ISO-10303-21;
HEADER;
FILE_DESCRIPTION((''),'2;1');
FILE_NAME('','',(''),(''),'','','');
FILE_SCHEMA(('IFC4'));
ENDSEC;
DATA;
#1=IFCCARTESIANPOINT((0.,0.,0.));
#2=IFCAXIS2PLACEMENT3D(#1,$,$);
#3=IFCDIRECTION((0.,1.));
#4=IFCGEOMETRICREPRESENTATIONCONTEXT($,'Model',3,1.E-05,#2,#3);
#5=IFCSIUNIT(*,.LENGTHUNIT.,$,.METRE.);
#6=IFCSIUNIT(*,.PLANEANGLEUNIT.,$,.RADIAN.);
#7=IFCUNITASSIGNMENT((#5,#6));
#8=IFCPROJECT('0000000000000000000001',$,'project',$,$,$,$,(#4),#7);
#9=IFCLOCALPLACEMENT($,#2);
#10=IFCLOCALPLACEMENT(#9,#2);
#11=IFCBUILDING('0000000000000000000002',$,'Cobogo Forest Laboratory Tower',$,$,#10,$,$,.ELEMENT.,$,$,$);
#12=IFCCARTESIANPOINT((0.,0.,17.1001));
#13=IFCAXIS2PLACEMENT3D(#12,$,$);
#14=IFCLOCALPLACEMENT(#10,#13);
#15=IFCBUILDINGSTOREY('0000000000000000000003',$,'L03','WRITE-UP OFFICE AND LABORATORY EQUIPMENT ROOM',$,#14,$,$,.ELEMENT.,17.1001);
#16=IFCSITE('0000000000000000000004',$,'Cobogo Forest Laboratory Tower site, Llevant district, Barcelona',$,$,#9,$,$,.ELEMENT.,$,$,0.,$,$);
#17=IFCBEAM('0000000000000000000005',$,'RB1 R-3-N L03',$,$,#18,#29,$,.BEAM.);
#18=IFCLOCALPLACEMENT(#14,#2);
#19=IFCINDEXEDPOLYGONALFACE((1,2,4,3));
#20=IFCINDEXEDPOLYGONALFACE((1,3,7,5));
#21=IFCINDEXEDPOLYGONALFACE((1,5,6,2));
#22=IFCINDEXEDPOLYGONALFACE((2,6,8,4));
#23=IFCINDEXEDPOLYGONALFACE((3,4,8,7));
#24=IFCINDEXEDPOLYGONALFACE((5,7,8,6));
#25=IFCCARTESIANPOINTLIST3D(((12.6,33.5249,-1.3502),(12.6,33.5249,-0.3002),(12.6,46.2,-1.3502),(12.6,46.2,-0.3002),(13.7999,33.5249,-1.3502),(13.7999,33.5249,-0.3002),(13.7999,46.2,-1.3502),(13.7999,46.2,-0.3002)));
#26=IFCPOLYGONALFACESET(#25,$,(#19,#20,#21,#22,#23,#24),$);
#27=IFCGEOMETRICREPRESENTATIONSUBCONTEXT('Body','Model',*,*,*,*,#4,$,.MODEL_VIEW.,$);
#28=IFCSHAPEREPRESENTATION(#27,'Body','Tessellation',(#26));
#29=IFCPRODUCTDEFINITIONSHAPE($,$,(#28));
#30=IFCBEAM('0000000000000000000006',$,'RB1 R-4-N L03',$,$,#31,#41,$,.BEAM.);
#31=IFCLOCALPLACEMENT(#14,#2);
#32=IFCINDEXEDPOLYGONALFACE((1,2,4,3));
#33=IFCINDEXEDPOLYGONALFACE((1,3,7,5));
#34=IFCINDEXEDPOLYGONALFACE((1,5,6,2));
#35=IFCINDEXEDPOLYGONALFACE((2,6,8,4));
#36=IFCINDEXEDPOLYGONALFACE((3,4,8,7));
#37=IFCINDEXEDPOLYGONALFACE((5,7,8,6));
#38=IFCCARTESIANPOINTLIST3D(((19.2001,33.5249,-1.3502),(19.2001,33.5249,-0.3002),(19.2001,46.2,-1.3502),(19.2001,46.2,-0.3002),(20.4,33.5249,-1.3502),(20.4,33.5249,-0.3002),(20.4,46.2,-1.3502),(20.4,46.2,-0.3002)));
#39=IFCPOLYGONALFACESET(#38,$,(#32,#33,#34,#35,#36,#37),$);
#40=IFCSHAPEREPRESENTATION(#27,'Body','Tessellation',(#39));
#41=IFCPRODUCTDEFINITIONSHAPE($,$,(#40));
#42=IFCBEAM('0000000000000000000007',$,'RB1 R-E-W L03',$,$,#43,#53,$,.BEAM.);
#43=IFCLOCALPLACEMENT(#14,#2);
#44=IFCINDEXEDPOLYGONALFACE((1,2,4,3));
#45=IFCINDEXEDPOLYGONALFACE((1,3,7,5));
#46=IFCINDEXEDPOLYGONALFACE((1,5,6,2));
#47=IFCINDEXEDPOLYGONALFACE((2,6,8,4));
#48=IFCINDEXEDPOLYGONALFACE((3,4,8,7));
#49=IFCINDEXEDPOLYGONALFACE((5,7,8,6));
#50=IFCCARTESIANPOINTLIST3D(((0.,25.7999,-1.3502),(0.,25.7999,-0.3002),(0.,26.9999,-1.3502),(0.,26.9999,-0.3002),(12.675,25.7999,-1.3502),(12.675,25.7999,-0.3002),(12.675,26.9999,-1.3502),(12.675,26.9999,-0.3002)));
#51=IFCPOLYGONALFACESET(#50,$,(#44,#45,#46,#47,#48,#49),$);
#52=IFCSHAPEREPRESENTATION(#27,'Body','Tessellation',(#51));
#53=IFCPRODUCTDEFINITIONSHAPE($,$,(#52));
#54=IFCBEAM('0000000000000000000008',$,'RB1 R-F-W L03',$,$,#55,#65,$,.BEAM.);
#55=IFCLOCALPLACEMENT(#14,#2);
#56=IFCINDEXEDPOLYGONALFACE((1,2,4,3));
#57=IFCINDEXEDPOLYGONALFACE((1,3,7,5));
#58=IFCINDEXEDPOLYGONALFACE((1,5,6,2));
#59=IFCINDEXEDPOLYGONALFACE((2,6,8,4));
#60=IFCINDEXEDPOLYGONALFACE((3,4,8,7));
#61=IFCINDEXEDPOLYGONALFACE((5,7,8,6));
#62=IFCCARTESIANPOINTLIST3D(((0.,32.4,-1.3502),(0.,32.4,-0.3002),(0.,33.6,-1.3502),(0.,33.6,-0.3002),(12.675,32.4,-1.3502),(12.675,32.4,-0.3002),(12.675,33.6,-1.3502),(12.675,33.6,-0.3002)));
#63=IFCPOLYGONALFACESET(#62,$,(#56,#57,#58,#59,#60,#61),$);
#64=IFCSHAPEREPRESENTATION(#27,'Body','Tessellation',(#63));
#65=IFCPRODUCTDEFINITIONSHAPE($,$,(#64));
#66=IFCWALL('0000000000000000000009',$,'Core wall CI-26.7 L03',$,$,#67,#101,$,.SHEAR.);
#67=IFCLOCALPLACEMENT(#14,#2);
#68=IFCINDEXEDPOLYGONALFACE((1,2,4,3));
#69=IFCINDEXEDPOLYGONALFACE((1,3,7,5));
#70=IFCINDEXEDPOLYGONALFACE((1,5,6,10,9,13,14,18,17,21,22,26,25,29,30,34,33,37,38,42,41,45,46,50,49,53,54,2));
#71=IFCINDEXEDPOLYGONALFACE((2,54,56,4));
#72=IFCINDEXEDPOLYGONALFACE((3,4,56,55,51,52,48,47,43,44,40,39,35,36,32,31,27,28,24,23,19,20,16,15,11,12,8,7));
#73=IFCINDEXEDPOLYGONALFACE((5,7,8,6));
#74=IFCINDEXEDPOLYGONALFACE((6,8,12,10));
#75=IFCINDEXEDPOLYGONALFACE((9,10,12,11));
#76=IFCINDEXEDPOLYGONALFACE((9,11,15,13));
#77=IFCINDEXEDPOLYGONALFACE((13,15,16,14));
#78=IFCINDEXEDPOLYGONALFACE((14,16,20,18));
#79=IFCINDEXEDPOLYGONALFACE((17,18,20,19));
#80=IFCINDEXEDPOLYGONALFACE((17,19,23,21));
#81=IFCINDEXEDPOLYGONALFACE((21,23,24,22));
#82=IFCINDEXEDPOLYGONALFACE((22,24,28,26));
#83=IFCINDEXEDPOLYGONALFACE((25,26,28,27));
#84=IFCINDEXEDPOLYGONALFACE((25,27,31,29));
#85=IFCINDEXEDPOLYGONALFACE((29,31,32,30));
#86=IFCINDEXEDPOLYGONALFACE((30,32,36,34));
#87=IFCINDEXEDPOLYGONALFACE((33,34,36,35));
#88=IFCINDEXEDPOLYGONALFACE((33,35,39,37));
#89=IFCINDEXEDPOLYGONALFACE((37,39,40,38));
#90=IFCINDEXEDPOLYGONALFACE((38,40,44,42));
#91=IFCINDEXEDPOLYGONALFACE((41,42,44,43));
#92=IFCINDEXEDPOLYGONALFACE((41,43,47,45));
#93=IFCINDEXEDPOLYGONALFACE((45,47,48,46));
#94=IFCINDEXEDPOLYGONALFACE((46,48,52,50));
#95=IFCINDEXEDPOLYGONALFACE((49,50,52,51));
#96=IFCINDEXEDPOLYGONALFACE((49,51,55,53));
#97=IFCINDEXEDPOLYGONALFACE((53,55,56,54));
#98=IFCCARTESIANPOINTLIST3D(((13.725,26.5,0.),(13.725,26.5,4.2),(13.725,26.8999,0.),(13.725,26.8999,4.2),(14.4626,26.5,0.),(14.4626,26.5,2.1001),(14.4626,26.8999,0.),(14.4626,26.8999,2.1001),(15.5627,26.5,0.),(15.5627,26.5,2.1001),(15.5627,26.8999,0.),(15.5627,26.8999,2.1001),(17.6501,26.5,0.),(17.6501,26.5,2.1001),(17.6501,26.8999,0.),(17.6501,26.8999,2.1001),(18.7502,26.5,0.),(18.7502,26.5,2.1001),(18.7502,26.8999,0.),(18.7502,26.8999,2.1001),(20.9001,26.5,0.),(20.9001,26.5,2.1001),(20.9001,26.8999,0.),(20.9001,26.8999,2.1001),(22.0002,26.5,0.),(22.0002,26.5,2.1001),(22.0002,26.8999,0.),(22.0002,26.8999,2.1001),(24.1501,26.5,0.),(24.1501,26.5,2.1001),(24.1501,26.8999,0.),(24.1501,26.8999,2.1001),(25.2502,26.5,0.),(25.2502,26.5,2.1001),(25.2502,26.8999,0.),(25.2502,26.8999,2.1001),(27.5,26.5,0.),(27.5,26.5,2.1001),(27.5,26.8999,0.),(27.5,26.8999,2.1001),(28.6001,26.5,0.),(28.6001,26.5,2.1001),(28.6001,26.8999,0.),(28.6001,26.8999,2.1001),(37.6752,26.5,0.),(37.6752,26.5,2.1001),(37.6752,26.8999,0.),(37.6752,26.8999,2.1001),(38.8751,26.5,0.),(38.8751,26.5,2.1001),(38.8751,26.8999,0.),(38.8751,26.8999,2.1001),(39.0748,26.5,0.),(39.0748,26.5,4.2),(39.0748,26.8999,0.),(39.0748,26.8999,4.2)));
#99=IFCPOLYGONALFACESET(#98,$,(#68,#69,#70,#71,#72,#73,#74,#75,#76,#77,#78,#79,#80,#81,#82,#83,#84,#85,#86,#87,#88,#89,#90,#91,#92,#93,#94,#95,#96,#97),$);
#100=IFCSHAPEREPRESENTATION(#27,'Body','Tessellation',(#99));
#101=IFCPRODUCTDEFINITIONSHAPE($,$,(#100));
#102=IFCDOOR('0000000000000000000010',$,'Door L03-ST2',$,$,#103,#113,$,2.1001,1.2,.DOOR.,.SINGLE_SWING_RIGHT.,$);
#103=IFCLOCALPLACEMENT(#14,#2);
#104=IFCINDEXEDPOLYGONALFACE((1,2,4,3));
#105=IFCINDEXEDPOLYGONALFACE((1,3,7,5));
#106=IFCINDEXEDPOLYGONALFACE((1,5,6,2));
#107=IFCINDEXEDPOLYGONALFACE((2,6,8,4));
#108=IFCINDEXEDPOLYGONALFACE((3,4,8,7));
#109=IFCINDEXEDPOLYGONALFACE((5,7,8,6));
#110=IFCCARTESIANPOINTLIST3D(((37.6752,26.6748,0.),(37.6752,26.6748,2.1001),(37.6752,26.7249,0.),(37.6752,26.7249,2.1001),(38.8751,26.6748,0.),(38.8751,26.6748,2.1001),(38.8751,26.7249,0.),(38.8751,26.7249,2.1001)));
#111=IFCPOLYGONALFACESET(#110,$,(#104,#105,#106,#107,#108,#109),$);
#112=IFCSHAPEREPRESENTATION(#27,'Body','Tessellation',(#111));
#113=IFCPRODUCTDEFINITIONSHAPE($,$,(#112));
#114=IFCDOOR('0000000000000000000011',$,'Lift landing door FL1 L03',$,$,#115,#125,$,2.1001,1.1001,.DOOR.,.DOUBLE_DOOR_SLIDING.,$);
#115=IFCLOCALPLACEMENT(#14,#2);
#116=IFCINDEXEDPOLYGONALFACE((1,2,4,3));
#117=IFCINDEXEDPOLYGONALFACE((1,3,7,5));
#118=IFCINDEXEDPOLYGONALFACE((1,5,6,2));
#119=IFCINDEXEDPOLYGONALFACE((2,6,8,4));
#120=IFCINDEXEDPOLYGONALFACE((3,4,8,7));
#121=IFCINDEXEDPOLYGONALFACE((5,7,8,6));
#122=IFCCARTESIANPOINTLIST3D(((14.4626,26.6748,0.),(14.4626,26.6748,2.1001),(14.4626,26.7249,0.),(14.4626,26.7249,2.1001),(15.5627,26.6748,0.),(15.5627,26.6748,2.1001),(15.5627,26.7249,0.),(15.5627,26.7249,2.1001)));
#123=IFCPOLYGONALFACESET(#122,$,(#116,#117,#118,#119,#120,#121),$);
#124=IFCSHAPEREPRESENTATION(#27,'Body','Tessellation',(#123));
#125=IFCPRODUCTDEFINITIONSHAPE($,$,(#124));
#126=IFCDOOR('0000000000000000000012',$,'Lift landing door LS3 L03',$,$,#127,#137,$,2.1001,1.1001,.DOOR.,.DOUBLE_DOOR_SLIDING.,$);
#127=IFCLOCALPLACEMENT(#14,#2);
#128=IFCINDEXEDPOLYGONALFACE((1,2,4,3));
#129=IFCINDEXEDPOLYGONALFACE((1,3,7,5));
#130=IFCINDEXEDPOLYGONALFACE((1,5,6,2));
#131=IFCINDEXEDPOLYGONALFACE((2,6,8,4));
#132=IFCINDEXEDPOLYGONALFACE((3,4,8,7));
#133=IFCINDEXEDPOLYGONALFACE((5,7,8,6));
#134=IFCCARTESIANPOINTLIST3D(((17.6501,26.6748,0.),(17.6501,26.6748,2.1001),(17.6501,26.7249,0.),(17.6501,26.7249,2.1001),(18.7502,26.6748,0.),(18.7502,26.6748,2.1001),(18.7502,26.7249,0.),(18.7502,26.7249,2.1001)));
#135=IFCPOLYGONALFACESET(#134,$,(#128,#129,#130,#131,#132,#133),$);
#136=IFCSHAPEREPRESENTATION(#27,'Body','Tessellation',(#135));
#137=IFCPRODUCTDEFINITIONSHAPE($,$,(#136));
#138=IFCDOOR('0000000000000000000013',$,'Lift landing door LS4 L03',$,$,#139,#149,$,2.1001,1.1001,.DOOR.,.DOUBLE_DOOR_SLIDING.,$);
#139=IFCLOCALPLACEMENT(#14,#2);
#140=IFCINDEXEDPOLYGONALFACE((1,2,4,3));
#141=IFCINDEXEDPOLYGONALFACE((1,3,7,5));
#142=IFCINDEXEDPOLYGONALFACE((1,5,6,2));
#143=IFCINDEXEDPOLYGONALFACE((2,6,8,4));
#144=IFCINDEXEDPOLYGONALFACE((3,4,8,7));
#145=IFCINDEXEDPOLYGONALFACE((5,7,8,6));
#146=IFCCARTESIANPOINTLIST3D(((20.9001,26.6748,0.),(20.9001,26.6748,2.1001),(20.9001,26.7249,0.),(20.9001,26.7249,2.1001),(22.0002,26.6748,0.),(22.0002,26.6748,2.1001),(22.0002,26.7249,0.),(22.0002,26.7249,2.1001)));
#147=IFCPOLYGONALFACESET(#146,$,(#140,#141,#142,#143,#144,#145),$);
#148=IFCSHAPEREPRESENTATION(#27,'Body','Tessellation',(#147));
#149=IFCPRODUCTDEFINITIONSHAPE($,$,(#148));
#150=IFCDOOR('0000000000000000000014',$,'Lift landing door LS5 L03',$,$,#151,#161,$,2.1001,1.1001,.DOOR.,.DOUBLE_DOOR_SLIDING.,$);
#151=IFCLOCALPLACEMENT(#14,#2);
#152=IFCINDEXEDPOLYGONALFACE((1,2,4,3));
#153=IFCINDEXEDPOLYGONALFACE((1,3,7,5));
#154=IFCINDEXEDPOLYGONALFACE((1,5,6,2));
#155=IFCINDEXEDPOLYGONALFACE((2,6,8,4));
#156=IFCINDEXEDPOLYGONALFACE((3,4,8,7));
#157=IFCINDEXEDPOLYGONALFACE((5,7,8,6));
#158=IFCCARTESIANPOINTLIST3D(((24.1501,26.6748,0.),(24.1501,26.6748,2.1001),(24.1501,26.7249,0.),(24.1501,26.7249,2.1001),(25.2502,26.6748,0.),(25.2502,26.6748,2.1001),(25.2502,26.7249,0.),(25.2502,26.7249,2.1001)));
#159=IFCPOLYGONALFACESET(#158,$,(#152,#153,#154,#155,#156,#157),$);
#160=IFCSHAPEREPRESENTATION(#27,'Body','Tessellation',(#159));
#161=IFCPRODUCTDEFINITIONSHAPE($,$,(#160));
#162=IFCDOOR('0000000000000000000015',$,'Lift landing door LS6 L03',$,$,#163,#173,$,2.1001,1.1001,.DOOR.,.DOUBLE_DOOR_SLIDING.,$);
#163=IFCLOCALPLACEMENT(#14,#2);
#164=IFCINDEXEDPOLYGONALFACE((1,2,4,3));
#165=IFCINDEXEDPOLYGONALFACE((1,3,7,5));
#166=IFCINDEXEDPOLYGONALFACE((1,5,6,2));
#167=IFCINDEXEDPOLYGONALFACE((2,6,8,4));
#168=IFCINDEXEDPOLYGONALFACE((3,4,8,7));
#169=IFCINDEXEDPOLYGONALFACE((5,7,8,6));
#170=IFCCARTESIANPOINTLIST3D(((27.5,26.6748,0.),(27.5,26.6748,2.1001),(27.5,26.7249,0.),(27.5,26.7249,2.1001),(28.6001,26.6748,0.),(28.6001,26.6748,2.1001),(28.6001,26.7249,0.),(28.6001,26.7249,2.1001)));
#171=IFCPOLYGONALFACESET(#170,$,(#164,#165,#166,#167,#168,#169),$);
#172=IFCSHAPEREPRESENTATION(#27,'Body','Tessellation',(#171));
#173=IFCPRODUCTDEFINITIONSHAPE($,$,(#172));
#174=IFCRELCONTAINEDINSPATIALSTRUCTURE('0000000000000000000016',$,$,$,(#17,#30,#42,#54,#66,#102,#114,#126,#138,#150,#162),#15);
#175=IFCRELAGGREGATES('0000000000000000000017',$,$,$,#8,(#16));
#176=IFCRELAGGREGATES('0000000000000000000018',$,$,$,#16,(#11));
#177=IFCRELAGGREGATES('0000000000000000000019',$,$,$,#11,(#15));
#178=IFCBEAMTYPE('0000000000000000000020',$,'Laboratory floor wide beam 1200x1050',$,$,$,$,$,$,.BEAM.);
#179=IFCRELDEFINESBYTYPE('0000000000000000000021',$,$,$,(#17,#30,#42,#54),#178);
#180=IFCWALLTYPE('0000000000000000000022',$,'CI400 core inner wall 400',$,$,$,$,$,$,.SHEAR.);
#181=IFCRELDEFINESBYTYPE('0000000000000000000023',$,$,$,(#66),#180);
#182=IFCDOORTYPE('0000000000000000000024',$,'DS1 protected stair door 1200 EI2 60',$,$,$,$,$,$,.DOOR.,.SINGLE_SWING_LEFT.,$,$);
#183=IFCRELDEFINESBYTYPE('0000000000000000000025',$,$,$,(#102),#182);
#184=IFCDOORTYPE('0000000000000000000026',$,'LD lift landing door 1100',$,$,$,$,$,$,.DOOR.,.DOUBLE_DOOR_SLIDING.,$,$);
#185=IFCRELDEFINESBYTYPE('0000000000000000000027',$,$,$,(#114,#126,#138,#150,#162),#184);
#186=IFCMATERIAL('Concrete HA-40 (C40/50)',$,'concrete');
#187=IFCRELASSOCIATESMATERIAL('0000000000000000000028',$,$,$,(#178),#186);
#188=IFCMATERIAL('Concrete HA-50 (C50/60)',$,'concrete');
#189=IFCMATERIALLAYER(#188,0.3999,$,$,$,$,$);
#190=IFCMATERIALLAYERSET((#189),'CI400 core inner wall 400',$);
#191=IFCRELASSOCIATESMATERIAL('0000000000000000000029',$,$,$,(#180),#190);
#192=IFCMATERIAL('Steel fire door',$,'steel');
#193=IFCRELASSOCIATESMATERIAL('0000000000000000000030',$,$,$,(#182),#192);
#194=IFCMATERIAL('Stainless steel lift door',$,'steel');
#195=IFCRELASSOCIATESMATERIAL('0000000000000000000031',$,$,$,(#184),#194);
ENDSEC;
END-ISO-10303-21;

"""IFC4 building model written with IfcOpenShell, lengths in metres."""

from ifc_helpers import new_model, si_unit, direction, frame, frame_2d, origin, origin_2d, place, context, subcontext, project, spatial, rectangle, extrude, material, layer, layer_set, material_profile, profile_set, type_object, element, fill, save


model = new_model("IFC4")

# Units and contexts
model_context = context("Model", 3, precision=1e-05, world=origin(), true_north=direction((0.0, 1.0)))
body_context = subcontext(model_context, "Body", "Model", "MODEL_VIEW")
ifc_project = project(units=[si_unit("LENGTHUNIT", "METRE"), si_unit("PLANEANGLEUNIT", "RADIAN")], contexts=[model_context])

# Site, building, storey
site_placement = place(None, origin())
site = spatial("IfcSite", under=ifc_project, at=site_placement, Name="Cobogo Forest Laboratory Tower site, Llevant district, Barcelona", CompositionType="ELEMENT", RefElevation=0.0)
building_placement = place(site_placement, origin())
building = spatial("IfcBuilding", under=site, at=building_placement, Name="Cobogo Forest Laboratory Tower", CompositionType="ELEMENT")
storey_placement = place(building_placement, frame((0.0, 0.0, 17.1001)))
storey = spatial("IfcBuildingStorey", under=building, at=storey_placement, Name="L03", Description="WRITE-UP OFFICE AND LABORATORY EQUIPMENT ROOM", CompositionType="ELEMENT", Elevation=17.1001)

# Beams
ifc_material_1 = material(Name="Concrete HA-40 (C40/50)", Category="concrete")
ifc_material_profile = material_profile(ifc_material_1, rectangle(XDim=1.2, YDim=1.05, at=origin_2d()), Name="RC 1200x1050")
ifc_profile_set = profile_set([ifc_material_profile], Name="Concrete HA-40 (C40/50)")
beam_type = type_object("IfcBeamType", Name="Laboratory floor wide beam 1200x1050", PredefinedType="BEAM", material=ifc_profile_set)
for number, where, z_axis, x_axis, name in (
    (1, (13.2, 33.5249, -0.8252), (0.0, 1.0, 0.0), (-1.0, 0.0, 0.0), "RB1 R-3-N L03"),
    (2, (19.8, 33.5249, -0.8252), (0.0, 1.0, 0.0), (-1.0, 0.0, 0.0), "RB1 R-4-N L03"),
    (3, (12.675, 26.3999, -0.8252), (-1.0, 0.0, 0.0), (0.0, -1.0, 0.0), "RB1 R-E-W L03"),
    (4, (12.675, 33.0, -0.8252), (-1.0, 0.0, 0.0), (0.0, -1.0, 0.0), "RB1 R-F-W L03"),
):
    element("IfcBeam", number, at=place(storey_placement, frame(where, z_axis=z_axis, x_axis=x_axis)), inside=storey, type_object=beam_type, Name=name, PredefinedType="BEAM", context=body_context, shape_type="SweptSolid", body=[
        extrude(rectangle(XDim=1.2, YDim=1.05, at=origin_2d()), origin(), (0.0, 0.0, 1.0), 12.675),
    ])

# Wall, openings, doors
ifc_material_2 = material(Name="Concrete HA-50 (C50/60)", Category="concrete")
ifc_layer_1 = layer(ifc_material_2, 0.3999)
ifc_layer_set_1 = layer_set([ifc_layer_1], Name="CI400 core inner wall 400")
wall_type_1 = type_object("IfcWallType", Name="CI400 core inner wall 400", PredefinedType="SHEAR", material=ifc_layer_set_1)
wall_1_placement = place(storey_placement, frame((13.7251, 26.7, 0.0), z_axis=(0.0, 0.0, 1.0), x_axis=(1.0, 0.0, 0.0)))
wall_1 = element("IfcWall", 5, at=wall_1_placement, inside=storey, type_object=wall_type_1, Name="Core wall CI-26.7 L03", PredefinedType="SHEAR", context=body_context, shape_type="SweptSolid", body=[
    extrude(rectangle(XDim=25.3499, YDim=0.3999, at=frame_2d((12.6748, 0.0))), origin(), (0.0, 0.0, 1.0), 4.2),
])
opening_1_placement = place(wall_1_placement, frame((23.95, 0.0, 0.0)))
opening_1 = element("IfcOpeningElement", 6, at=opening_1_placement, cuts=wall_1, PredefinedType="OPENING", context=body_context, shape_type="SweptSolid", body=[
    extrude(rectangle(XDim=1.2, YDim=2.1001, at=frame_2d((0.6001, 1.05))), frame((0.0, 0.21, 0.0), z_axis=(0.0, -1.0, 0.0), x_axis=(1.0, 0.0, 0.0)), (0.0, 0.0, 1.0), 0.4199),
])
opening_2_placement = place(wall_1_placement, frame((0.7375, 0.0, 0.0)))
opening_2 = element("IfcOpeningElement", 7, at=opening_2_placement, cuts=wall_1, PredefinedType="OPENING", context=body_context, shape_type="SweptSolid", body=[
    extrude(rectangle(XDim=1.1001, YDim=2.1001, at=frame_2d((0.55, 1.05))), frame((0.0, 0.21, 0.0), z_axis=(0.0, -1.0, 0.0), x_axis=(1.0, 0.0, 0.0)), (0.0, 0.0, 1.0), 0.4199),
])
opening_3_placement = place(wall_1_placement, frame((3.925, 0.0, 0.0)))
opening_3 = element("IfcOpeningElement", 8, at=opening_3_placement, cuts=wall_1, PredefinedType="OPENING", context=body_context, shape_type="SweptSolid", body=[
    extrude(rectangle(XDim=1.1001, YDim=2.1001, at=frame_2d((0.55, 1.05))), frame((0.0, 0.21, 0.0), z_axis=(0.0, -1.0, 0.0), x_axis=(1.0, 0.0, 0.0)), (0.0, 0.0, 1.0), 0.4199),
])
opening_4_placement = place(wall_1_placement, frame((7.175, 0.0, 0.0)))
opening_4 = element("IfcOpeningElement", 9, at=opening_4_placement, cuts=wall_1, PredefinedType="OPENING", context=body_context, shape_type="SweptSolid", body=[
    extrude(rectangle(XDim=1.1001, YDim=2.1001, at=frame_2d((0.55, 1.05))), frame((0.0, 0.21, 0.0), z_axis=(0.0, -1.0, 0.0), x_axis=(1.0, 0.0, 0.0)), (0.0, 0.0, 1.0), 0.4199),
])
opening_5_placement = place(wall_1_placement, frame((10.425, 0.0, 0.0)))
opening_5 = element("IfcOpeningElement", 10, at=opening_5_placement, cuts=wall_1, PredefinedType="OPENING", context=body_context, shape_type="SweptSolid", body=[
    extrude(rectangle(XDim=1.1001, YDim=2.1001, at=frame_2d((0.55, 1.05))), frame((0.0, 0.21, 0.0), z_axis=(0.0, -1.0, 0.0), x_axis=(1.0, 0.0, 0.0)), (0.0, 0.0, 1.0), 0.4199),
])
opening_6_placement = place(wall_1_placement, frame((13.7749, 0.0, 0.0)))
opening_6 = element("IfcOpeningElement", 11, at=opening_6_placement, cuts=wall_1, PredefinedType="OPENING", context=body_context, shape_type="SweptSolid", body=[
    extrude(rectangle(XDim=1.1001, YDim=2.1001, at=frame_2d((0.55, 1.05))), frame((0.0, 0.21, 0.0), z_axis=(0.0, -1.0, 0.0), x_axis=(1.0, 0.0, 0.0)), (0.0, 0.0, 1.0), 0.4199),
])
ifc_material_3 = material(Name="Steel fire door", Category="steel")
door_type_1 = type_object("IfcDoorType", Name="DS1 protected stair door 1200 EI2 60", OperationType="SINGLE_SWING_LEFT", PredefinedType="DOOR", material=ifc_material_3)
door_1_placement = place(opening_1_placement, origin())
door_1 = element("IfcDoor", 12, at=door_1_placement, inside=storey, type_object=door_type_1, Name="Door L03-ST2", OperationType="SINGLE_SWING_RIGHT", OverallHeight=2.1001, OverallWidth=1.2, PredefinedType="DOOR", context=body_context, shape_type="SweptSolid", body=[
    extrude(rectangle(XDim=1.2, YDim=2.1001, at=frame_2d((0.6001, 1.05))), frame((0.0, 0.0249, 0.0), z_axis=(0.0, -1.0, 0.0), x_axis=(1.0, 0.0, 0.0)), (0.0, 0.0, 1.0), 0.05),
])
fill(opening_1, door_1)
ifc_material_4 = material(Name="Stainless steel lift door", Category="steel")
door_type_2 = type_object("IfcDoorType", Name="LD lift landing door 1100", OperationType="DOUBLE_DOOR_SLIDING", PredefinedType="DOOR", material=ifc_material_4)
door_2_placement = place(opening_2_placement, origin())
door_2 = element("IfcDoor", 13, at=door_2_placement, inside=storey, type_object=door_type_2, Name="Lift landing door FL1 L03", OperationType="DOUBLE_DOOR_SLIDING", OverallHeight=2.1001, OverallWidth=1.1001, PredefinedType="DOOR", context=body_context, shape_type="SweptSolid", body=[
    extrude(rectangle(XDim=1.1001, YDim=2.1001, at=frame_2d((0.55, 1.05))), frame((0.0, 0.0249, 0.0), z_axis=(0.0, -1.0, 0.0), x_axis=(1.0, 0.0, 0.0)), (0.0, 0.0, 1.0), 0.05),
])
fill(opening_2, door_2)
door_3_placement = place(opening_3_placement, origin())
door_3 = element("IfcDoor", 14, at=door_3_placement, inside=storey, type_object=door_type_2, Name="Lift landing door LS3 L03", OperationType="DOUBLE_DOOR_SLIDING", OverallHeight=2.1001, OverallWidth=1.1001, PredefinedType="DOOR", context=body_context, shape_type="SweptSolid", body=[
    extrude(rectangle(XDim=1.1001, YDim=2.1001, at=frame_2d((0.55, 1.05))), frame((0.0, 0.0249, 0.0), z_axis=(0.0, -1.0, 0.0), x_axis=(1.0, 0.0, 0.0)), (0.0, 0.0, 1.0), 0.05),
])
fill(opening_3, door_3)
door_4_placement = place(opening_4_placement, origin())
door_4 = element("IfcDoor", 15, at=door_4_placement, inside=storey, type_object=door_type_2, Name="Lift landing door LS4 L03", OperationType="DOUBLE_DOOR_SLIDING", OverallHeight=2.1001, OverallWidth=1.1001, PredefinedType="DOOR", context=body_context, shape_type="SweptSolid", body=[
    extrude(rectangle(XDim=1.1001, YDim=2.1001, at=frame_2d((0.55, 1.05))), frame((0.0, 0.0249, 0.0), z_axis=(0.0, -1.0, 0.0), x_axis=(1.0, 0.0, 0.0)), (0.0, 0.0, 1.0), 0.05),
])
fill(opening_4, door_4)
door_5_placement = place(opening_5_placement, origin())
door_5 = element("IfcDoor", 16, at=door_5_placement, inside=storey, type_object=door_type_2, Name="Lift landing door LS5 L03", OperationType="DOUBLE_DOOR_SLIDING", OverallHeight=2.1001, OverallWidth=1.1001, PredefinedType="DOOR", context=body_context, shape_type="SweptSolid", body=[
    extrude(rectangle(XDim=1.1001, YDim=2.1001, at=frame_2d((0.55, 1.05))), frame((0.0, 0.0249, 0.0), z_axis=(0.0, -1.0, 0.0), x_axis=(1.0, 0.0, 0.0)), (0.0, 0.0, 1.0), 0.05),
])
fill(opening_5, door_5)
door_6_placement = place(opening_6_placement, origin())
door_6 = element("IfcDoor", 17, at=door_6_placement, inside=storey, type_object=door_type_2, Name="Lift landing door LS6 L03", OperationType="DOUBLE_DOOR_SLIDING", OverallHeight=2.1001, OverallWidth=1.1001, PredefinedType="DOOR", context=body_context, shape_type="SweptSolid", body=[
    extrude(rectangle(XDim=1.1001, YDim=2.1001, at=frame_2d((0.55, 1.05))), frame((0.0, 0.0249, 0.0), z_axis=(0.0, -1.0, 0.0), x_axis=(1.0, 0.0, 0.0)), (0.0, 0.0, 1.0), 0.05),
])
fill(opening_6, door_6)

save(model, "model.ifc")
